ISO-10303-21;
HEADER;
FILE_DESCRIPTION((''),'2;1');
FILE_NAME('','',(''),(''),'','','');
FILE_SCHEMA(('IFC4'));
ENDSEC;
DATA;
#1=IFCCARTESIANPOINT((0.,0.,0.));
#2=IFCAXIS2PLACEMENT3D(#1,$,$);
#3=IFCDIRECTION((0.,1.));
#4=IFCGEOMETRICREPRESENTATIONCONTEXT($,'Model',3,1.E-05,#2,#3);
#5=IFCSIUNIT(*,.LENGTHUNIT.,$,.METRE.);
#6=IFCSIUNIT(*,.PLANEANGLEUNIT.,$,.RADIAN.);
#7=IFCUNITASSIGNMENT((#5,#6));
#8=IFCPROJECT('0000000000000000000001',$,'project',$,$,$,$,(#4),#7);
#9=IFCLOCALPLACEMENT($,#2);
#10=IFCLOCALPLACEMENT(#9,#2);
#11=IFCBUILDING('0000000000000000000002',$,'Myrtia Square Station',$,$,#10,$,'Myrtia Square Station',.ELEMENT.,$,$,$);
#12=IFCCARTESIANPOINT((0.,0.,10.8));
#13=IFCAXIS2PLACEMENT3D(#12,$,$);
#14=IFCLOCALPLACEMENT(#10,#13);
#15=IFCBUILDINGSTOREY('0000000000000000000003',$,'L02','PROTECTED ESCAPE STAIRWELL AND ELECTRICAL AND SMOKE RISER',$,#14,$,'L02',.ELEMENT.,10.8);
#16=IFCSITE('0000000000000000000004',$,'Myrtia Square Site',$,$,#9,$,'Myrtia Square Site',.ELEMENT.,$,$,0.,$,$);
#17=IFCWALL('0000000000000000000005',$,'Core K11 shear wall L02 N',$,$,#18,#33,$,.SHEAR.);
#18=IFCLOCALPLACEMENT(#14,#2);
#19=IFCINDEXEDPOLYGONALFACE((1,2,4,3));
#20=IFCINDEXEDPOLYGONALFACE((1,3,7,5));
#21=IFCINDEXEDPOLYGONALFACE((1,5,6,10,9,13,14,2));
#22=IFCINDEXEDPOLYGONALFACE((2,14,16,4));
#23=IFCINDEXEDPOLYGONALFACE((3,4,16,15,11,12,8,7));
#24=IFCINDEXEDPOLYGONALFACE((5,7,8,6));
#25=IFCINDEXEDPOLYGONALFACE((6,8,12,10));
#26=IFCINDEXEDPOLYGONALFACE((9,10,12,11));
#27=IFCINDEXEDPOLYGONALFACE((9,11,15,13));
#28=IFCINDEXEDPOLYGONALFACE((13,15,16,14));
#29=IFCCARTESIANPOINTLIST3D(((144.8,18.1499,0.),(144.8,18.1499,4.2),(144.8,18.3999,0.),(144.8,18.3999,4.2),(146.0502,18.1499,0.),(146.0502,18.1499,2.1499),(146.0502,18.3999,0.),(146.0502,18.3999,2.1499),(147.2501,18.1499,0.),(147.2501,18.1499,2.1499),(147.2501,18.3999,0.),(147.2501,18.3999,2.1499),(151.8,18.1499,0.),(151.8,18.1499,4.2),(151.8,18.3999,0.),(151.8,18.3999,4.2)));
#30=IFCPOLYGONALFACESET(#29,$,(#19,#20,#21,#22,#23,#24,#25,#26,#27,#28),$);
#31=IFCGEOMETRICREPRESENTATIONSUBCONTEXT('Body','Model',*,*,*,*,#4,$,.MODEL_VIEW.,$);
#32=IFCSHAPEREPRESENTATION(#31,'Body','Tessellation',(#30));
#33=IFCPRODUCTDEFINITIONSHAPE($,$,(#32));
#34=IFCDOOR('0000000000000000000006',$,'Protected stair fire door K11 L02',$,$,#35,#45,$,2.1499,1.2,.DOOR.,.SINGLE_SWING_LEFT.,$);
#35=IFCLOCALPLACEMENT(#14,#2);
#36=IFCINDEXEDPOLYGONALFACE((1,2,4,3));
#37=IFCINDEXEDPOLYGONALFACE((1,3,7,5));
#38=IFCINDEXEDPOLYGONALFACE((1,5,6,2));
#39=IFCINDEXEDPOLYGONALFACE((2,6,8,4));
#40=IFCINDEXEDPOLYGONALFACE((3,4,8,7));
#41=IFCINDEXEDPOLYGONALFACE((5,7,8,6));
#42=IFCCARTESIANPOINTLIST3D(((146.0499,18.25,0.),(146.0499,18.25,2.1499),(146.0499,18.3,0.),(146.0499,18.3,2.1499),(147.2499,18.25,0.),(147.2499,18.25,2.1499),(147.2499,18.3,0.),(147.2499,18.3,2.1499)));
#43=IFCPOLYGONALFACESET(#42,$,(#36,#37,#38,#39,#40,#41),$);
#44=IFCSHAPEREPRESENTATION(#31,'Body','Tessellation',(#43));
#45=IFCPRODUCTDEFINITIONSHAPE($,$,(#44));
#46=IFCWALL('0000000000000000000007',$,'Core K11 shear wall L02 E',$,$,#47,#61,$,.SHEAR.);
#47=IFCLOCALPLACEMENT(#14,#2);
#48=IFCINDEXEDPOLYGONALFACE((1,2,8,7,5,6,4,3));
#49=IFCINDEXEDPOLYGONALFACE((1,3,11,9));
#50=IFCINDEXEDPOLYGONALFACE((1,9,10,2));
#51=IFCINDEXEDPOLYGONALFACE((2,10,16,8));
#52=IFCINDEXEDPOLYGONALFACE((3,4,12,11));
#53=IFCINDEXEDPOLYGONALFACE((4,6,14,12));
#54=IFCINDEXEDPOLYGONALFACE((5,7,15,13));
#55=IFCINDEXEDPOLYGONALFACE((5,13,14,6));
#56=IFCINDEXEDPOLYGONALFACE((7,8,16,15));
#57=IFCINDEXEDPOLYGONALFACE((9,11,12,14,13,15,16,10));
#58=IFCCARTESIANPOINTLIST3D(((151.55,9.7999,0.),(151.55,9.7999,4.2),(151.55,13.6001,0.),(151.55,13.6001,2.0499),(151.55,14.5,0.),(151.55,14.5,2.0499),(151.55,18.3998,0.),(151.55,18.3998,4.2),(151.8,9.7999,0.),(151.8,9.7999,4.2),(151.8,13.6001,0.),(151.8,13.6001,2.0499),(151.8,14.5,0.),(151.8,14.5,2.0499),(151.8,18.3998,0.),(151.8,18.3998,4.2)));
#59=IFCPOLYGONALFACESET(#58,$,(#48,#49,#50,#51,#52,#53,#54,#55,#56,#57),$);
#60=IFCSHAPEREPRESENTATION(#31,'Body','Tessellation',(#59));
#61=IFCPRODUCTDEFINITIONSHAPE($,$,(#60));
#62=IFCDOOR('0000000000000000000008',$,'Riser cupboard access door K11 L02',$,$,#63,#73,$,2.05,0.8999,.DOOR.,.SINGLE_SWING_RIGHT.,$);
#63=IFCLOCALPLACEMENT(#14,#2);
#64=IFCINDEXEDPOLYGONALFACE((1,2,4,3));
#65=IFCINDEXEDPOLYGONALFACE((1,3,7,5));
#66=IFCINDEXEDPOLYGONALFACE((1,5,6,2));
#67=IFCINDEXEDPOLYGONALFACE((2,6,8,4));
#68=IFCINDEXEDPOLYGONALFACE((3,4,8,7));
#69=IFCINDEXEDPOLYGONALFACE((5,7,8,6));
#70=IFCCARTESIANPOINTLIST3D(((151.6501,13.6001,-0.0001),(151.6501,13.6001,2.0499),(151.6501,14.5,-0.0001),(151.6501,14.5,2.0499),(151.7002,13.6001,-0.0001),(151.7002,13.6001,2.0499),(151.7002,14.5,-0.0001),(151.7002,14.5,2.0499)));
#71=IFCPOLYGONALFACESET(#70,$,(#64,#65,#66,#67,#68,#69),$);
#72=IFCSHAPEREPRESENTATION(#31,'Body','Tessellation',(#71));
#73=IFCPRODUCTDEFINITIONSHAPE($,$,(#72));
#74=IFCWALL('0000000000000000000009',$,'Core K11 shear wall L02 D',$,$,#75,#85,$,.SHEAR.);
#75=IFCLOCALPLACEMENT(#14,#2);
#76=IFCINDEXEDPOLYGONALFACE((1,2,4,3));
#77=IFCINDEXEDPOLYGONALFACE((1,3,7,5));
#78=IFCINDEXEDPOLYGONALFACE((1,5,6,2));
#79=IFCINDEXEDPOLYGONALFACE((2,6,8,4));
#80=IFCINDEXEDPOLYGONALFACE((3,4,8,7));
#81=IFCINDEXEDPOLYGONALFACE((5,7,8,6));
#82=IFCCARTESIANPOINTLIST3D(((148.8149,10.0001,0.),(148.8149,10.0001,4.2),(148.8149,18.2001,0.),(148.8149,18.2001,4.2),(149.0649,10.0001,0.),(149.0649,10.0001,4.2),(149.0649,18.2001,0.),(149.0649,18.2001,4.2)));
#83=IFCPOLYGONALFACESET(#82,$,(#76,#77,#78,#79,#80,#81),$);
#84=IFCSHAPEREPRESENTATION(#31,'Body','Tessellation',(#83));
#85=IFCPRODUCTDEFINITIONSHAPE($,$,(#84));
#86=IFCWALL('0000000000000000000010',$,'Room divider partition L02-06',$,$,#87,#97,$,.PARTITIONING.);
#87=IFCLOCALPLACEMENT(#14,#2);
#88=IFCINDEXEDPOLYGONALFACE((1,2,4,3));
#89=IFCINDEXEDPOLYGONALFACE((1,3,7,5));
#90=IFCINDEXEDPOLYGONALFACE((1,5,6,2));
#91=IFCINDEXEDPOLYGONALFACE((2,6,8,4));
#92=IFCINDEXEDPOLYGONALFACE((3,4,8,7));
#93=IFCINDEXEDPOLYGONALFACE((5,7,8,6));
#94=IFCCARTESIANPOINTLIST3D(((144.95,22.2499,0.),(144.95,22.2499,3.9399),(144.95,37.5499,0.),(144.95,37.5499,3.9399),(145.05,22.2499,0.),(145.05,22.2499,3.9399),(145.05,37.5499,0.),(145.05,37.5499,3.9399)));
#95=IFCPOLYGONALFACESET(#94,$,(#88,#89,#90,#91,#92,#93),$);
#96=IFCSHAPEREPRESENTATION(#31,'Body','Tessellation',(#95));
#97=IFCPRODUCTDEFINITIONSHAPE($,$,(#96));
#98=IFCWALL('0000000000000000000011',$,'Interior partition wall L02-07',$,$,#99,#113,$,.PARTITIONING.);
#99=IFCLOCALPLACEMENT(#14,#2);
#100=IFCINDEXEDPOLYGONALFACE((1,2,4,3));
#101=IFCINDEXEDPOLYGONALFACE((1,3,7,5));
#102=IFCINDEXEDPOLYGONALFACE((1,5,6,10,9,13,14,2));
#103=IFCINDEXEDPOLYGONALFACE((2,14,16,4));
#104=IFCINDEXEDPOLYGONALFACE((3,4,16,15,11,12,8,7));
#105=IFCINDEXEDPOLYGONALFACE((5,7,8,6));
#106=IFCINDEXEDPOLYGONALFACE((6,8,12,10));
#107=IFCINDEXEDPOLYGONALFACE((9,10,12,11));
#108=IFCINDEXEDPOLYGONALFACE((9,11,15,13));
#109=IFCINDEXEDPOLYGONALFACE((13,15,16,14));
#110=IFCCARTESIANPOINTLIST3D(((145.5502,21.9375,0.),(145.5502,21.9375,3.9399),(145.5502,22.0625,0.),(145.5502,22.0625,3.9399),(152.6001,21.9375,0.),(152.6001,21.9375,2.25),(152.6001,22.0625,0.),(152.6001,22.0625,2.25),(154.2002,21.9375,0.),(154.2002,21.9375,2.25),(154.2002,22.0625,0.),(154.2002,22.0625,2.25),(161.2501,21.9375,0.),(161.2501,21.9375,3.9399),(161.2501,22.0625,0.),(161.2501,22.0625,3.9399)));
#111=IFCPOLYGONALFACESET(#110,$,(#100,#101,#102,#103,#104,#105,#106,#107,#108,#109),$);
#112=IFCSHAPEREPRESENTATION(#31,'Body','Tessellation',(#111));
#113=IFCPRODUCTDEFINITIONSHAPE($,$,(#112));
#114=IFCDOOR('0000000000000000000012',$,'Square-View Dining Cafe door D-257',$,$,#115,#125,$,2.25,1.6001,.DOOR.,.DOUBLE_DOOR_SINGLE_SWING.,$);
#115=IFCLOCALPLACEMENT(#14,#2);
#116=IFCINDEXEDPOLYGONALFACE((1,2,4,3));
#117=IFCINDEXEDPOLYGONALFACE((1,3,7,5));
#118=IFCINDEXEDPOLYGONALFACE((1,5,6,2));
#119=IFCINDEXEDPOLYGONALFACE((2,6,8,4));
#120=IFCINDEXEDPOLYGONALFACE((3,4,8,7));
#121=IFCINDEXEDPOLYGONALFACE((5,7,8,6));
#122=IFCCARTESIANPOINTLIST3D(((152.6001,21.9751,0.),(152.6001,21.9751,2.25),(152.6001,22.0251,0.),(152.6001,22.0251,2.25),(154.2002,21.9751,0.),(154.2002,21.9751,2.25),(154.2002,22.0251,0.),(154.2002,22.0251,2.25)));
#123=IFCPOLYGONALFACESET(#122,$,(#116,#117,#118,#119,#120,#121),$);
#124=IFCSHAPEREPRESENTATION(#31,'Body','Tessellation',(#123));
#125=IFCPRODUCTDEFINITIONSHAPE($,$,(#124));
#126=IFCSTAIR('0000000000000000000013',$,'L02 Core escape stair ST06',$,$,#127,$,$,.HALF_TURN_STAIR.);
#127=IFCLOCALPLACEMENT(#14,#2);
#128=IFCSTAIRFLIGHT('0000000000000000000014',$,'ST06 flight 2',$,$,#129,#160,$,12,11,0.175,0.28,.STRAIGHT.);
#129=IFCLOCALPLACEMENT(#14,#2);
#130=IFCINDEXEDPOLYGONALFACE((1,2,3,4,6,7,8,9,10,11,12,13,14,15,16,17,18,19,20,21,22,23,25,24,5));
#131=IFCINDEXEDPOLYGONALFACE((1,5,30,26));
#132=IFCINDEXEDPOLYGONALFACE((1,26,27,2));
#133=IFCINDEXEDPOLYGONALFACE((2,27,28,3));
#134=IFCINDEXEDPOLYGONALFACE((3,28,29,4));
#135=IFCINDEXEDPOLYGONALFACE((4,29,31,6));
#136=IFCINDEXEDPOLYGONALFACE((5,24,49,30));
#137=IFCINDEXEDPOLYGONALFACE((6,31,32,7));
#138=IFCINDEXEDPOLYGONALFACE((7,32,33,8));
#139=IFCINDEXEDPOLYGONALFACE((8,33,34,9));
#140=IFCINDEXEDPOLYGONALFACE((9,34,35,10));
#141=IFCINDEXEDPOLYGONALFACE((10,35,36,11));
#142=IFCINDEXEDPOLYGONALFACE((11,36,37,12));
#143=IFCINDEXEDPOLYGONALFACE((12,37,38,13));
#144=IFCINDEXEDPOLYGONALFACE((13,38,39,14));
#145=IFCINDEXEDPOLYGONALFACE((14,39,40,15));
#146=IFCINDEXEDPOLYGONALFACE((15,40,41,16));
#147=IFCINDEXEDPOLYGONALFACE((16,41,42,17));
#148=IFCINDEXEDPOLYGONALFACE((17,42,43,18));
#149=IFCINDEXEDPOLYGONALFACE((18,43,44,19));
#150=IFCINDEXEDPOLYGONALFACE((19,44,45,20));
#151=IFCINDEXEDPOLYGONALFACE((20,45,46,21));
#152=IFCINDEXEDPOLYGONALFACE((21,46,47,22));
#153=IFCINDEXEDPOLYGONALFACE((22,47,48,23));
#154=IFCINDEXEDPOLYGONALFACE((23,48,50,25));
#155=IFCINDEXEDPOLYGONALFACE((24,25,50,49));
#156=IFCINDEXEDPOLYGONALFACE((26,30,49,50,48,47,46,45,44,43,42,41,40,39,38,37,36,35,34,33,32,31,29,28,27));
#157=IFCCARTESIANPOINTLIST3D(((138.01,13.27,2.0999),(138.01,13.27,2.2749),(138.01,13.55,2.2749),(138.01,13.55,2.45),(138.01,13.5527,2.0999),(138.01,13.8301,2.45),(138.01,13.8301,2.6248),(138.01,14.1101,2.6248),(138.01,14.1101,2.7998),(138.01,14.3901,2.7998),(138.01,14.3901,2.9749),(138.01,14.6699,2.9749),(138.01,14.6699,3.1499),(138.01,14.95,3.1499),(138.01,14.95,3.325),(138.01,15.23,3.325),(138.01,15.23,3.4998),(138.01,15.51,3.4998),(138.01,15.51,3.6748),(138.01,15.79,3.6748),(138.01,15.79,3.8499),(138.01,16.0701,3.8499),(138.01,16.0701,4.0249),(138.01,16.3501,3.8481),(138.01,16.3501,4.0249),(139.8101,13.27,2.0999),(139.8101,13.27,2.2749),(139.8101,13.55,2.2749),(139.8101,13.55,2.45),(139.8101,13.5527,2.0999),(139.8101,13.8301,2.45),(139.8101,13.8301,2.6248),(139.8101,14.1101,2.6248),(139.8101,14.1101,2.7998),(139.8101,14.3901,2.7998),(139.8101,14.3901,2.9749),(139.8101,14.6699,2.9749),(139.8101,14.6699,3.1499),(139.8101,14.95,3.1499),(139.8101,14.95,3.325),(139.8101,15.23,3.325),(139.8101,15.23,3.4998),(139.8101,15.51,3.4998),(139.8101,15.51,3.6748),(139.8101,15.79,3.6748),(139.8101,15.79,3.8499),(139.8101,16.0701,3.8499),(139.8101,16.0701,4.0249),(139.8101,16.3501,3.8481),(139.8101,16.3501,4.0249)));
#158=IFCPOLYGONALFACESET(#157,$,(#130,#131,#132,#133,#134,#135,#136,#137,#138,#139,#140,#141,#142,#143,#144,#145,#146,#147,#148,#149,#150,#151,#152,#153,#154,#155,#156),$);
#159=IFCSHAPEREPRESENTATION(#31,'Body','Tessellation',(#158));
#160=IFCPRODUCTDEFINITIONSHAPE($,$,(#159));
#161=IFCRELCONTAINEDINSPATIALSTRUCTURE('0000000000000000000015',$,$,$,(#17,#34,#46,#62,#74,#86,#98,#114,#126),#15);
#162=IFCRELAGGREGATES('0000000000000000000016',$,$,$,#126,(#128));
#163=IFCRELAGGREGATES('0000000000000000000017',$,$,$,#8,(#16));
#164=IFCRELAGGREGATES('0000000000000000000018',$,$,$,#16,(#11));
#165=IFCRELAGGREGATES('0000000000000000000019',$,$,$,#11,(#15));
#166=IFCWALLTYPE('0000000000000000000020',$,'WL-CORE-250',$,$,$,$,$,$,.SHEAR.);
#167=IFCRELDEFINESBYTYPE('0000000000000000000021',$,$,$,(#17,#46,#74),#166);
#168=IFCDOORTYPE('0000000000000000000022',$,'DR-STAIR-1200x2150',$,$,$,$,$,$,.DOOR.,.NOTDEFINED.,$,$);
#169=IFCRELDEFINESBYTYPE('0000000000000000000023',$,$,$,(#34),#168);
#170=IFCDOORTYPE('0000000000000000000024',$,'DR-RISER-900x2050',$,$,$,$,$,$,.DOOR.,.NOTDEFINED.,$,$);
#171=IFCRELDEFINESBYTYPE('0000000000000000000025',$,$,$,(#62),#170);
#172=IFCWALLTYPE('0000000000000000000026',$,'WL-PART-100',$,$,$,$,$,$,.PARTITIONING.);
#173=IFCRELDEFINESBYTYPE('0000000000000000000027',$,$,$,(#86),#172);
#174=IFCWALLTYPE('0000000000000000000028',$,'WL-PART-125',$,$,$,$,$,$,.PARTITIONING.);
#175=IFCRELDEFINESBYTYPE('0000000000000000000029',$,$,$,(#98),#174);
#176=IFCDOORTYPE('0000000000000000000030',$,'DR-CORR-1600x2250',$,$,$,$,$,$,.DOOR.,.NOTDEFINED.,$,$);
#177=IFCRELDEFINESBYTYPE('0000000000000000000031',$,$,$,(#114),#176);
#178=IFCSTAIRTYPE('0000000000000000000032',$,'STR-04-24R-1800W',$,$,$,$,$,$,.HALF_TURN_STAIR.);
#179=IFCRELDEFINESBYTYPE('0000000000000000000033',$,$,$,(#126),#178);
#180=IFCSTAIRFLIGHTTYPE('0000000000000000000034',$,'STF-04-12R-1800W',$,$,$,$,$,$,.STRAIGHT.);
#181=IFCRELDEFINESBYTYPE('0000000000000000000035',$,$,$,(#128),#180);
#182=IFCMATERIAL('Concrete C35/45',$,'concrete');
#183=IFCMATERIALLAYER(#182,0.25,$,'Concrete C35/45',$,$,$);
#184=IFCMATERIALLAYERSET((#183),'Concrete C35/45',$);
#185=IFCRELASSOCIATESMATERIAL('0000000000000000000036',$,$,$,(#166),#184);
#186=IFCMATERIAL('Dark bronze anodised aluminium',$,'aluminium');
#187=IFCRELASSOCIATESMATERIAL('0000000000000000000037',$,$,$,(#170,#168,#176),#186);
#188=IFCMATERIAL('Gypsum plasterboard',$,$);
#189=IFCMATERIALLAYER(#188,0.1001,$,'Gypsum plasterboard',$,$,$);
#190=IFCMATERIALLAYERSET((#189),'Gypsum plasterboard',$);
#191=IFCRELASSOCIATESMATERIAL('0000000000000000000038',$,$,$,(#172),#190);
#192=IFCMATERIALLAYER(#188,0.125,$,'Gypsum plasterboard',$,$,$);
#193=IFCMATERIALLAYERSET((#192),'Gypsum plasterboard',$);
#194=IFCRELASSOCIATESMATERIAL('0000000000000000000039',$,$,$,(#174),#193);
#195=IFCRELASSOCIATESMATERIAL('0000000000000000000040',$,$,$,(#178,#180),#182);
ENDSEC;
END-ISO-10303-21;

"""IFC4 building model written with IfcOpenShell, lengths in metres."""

from ifc_helpers import new_model, si_unit, direction, frame, frame_2d, origin, place, context, subcontext, project, spatial, polyline, rectangle, outline, extrude, material, layer, layer_set, type_object, element, fill, aggregate, save


model = new_model("IFC4")

# Units and contexts
model_context = context("Model", 3, precision=1e-05, world=origin(), true_north=direction((0.0, 1.0)))
body_context = subcontext(model_context, "Body", "Model", "MODEL_VIEW")
ifc_project = project(units=[si_unit("LENGTHUNIT", "METRE"), si_unit("PLANEANGLEUNIT", "RADIAN")], contexts=[model_context])

# Site, building, storey
site_placement = place(None, origin())
site = spatial("IfcSite", under=ifc_project, at=site_placement, Name="Myrtia Square Site", LongName="Myrtia Square Site", CompositionType="ELEMENT", RefElevation=0.0)
building_placement = place(site_placement, origin())
building = spatial("IfcBuilding", under=site, at=building_placement, Name="Myrtia Square Station", LongName="Myrtia Square Station", CompositionType="ELEMENT")
storey_placement = place(building_placement, frame((0.0, 0.0, 10.8)))
storey = spatial("IfcBuildingStorey", under=building, at=storey_placement, Name="L02", Description="PROTECTED ESCAPE STAIRWELL AND ELECTRICAL AND SMOKE RISER", LongName="L02", CompositionType="ELEMENT", Elevation=10.8)

# Shared definitions
ifc_material_1 = material(Name="Concrete C35/45", Category="concrete")
ifc_layer_1 = layer(ifc_material_1, 0.25, Name="Concrete C35/45")
ifc_layer_set_1 = layer_set([ifc_layer_1], Name="Concrete C35/45")
wall_type_1 = type_object("IfcWallType", Name="WL-CORE-250", PredefinedType="SHEAR", material=ifc_layer_set_1)

# Shared definitions
ifc_material_2 = material(Name="Dark bronze anodised aluminium", Category="aluminium")
door_type_1 = type_object("IfcDoorType", Name="DR-RISER-900x2050", OperationType="NOTDEFINED", PredefinedType="DOOR", material=ifc_material_2)

# Walls, openings, doors
wall_1_placement = place(storey_placement, frame((144.8, 18.2749, 0.0), z_axis=(0.0, 0.0, 1.0), x_axis=(1.0, 0.0, 0.0)))
wall_1 = element("IfcWall", 1, at=wall_1_placement, inside=storey, type_object=wall_type_1, Name="Core K11 shear wall L02 N", PredefinedType="SHEAR", context=body_context, shape_type="SweptSolid", body=[
    extrude(rectangle(XDim=7.0, YDim=0.25, at=frame_2d((3.5, 0.0))), origin(), (0.0, 0.0, 1.0), 4.2),
])
opening_1_placement = place(wall_1_placement, frame((1.25, 0.0, 0.0)))
opening_1 = element("IfcOpeningElement", 2, at=opening_1_placement, cuts=wall_1, PredefinedType="OPENING", context=body_context, shape_type="SweptSolid", body=[
    extrude(rectangle(XDim=1.2, YDim=2.1499, at=frame_2d((0.6001, 1.075))), frame((0.0, 0.1399, 0.0), z_axis=(0.0, -1.0, 0.0), x_axis=(1.0, 0.0, 0.0)), (0.0, 0.0, 1.0), 0.28),
])
door_type_2 = type_object("IfcDoorType", Name="DR-STAIR-1200x2150", OperationType="NOTDEFINED", PredefinedType="DOOR", material=ifc_material_2)
door_1_placement = place(opening_1_placement, frame((1.2, 0.0, 0.0), z_axis=(0.0, 0.0, 1.0), x_axis=(-1.0, 0.0, 0.0)))
door_1 = element("IfcDoor", 3, at=door_1_placement, inside=storey, type_object=door_type_2, Name="Protected stair fire door K11 L02", OperationType="SINGLE_SWING_LEFT", OverallHeight=2.1499, OverallWidth=1.2, PredefinedType="DOOR", context=body_context, shape_type="SweptSolid", body=[
    extrude(rectangle(XDim=1.2, YDim=2.1499, at=frame_2d((0.6001, 1.075))), frame((0.0, 0.0249, 0.0), z_axis=(0.0, -1.0, 0.0), x_axis=(1.0, 0.0, 0.0)), (0.0, 0.0, 1.0), 0.05),
])
fill(opening_1, door_1)
wall_2_placement = place(storey_placement, frame((151.675, 9.8, 0.0), z_axis=(0.0, 0.0, 1.0), x_axis=(0.0, 1.0, 0.0)))
wall_2 = element("IfcWall", 4, at=wall_2_placement, inside=storey, type_object=wall_type_1, Name="Core K11 shear wall L02 E", PredefinedType="SHEAR", context=body_context, shape_type="SweptSolid", body=[
    extrude(rectangle(XDim=8.5999, YDim=0.25, at=frame_2d((4.2998, 0.0))), origin(), (0.0, 0.0, 1.0), 4.2),
])
opening_2_placement = place(wall_2_placement, frame((3.8, 0.0, 0.0)))
opening_2 = element("IfcOpeningElement", 5, at=opening_2_placement, cuts=wall_2, PredefinedType="OPENING", context=body_context, shape_type="SweptSolid", body=[
    extrude(rectangle(XDim=0.8999, YDim=2.05, at=frame_2d((0.45, 1.0249))), frame((0.0, 0.1399, 0.0), z_axis=(0.0, -1.0, 0.0), x_axis=(1.0, 0.0, 0.0)), (0.0, 0.0, 1.0), 0.28),
])
door_2_placement = place(opening_2_placement, origin())
door_2 = element("IfcDoor", 6, at=door_2_placement, inside=storey, type_object=door_type_1, Name="Riser cupboard access door K11 L02", OperationType="SINGLE_SWING_RIGHT", OverallHeight=2.05, OverallWidth=0.8999, PredefinedType="DOOR", context=body_context, shape_type="SweptSolid", body=[
    extrude(rectangle(XDim=0.8999, YDim=2.05, at=frame_2d((0.45, 1.0249))), frame((0.0, 0.0249, 0.0), z_axis=(0.0, -1.0, 0.0), x_axis=(1.0, 0.0, 0.0)), (0.0, 0.0, 1.0), 0.05),
])
fill(opening_2, door_2)

# Walls
wall_3_placement = place(storey_placement, frame((148.9399, 10.0, 0.0), z_axis=(0.0, 0.0, 1.0), x_axis=(0.0, 1.0, 0.0)))
element("IfcWall", 7, at=wall_3_placement, inside=storey, type_object=wall_type_1, Name="Core K11 shear wall L02 D", PredefinedType="SHEAR", context=body_context, shape_type="SweptSolid", body=[
    extrude(rectangle(XDim=8.2, YDim=0.25, at=frame_2d((4.1001, 0.0))), origin(), (0.0, 0.0, 1.0), 4.2),
])
ifc_material_3 = material(Name="Gypsum plasterboard")
ifc_layer_2 = layer(ifc_material_3, 0.1001, Name="Gypsum plasterboard")
ifc_layer_set_2 = layer_set([ifc_layer_2], Name="Gypsum plasterboard")
wall_type_2 = type_object("IfcWallType", Name="WL-PART-100", PredefinedType="PARTITIONING", material=ifc_layer_set_2)
wall_4_placement = place(storey_placement, frame((145.0, 22.25, 0.0), z_axis=(0.0, 0.0, 1.0), x_axis=(0.0, 1.0, 0.0)))
element("IfcWall", 8, at=wall_4_placement, inside=storey, type_object=wall_type_2, Name="Room divider partition L02-06", PredefinedType="PARTITIONING", context=body_context, shape_type="SweptSolid", body=[
    extrude(rectangle(XDim=15.3, YDim=0.1001, at=frame_2d((7.6499, 0.0))), origin(), (0.0, 0.0, 1.0), 3.9399),
])

# Wall, opening, door
ifc_layer_3 = layer(ifc_material_3, 0.125, Name="Gypsum plasterboard")
ifc_layer_set_3 = layer_set([ifc_layer_3], Name="Gypsum plasterboard")
wall_type_3 = type_object("IfcWallType", Name="WL-PART-125", PredefinedType="PARTITIONING", material=ifc_layer_set_3)
wall_5_placement = place(storey_placement, frame((145.55, 22.0, 0.0), z_axis=(0.0, 0.0, 1.0), x_axis=(1.0, 0.0, 0.0)))
wall_5 = element("IfcWall", 9, at=wall_5_placement, inside=storey, type_object=wall_type_3, Name="Interior partition wall L02-07", PredefinedType="PARTITIONING", context=body_context, shape_type="SweptSolid", body=[
    extrude(rectangle(XDim=15.7, YDim=0.125, at=frame_2d((7.8501, 0.0))), origin(), (0.0, 0.0, 1.0), 3.9399),
])
opening_3_placement = place(wall_5_placement, frame((7.05, 0.0, 0.0)))
opening_3 = element("IfcOpeningElement", 10, at=opening_3_placement, cuts=wall_5, PredefinedType="OPENING", context=body_context, shape_type="SweptSolid", body=[
    extrude(rectangle(XDim=1.6001, YDim=2.25, at=frame_2d((0.8, 1.125))), frame((0.0, 0.0774, 0.0), z_axis=(0.0, -1.0, 0.0), x_axis=(1.0, 0.0, 0.0)), (0.0, 0.0, 1.0), 0.155),
])
door_type_3 = type_object("IfcDoorType", Name="DR-CORR-1600x2250", OperationType="NOTDEFINED", PredefinedType="DOOR", material=ifc_material_2)
door_3_placement = place(opening_3_placement, frame((1.6001, 0.0, 0.0), z_axis=(0.0, 0.0, 1.0), x_axis=(-1.0, 0.0, 0.0)))
door_3 = element("IfcDoor", 11, at=door_3_placement, inside=storey, type_object=door_type_3, Name="Square-View Dining Cafe door D-257", OperationType="DOUBLE_DOOR_SINGLE_SWING", OverallHeight=2.25, OverallWidth=1.6001, PredefinedType="DOOR", context=body_context, shape_type="SweptSolid", body=[
    extrude(rectangle(XDim=1.6001, YDim=2.25, at=frame_2d((0.8, 1.125))), frame((0.0, 0.0249, 0.0), z_axis=(0.0, -1.0, 0.0), x_axis=(1.0, 0.0, 0.0)), (0.0, 0.0, 1.0), 0.05),
])
fill(opening_3, door_3)

# Stair, stair flight
stair_type = type_object("IfcStairType", Name="STR-04-24R-1800W", PredefinedType="HALF_TURN_STAIR", material=ifc_material_1)
stair_1_placement = place(storey_placement, origin())
stair_1 = element("IfcStair", 12, at=stair_1_placement, inside=storey, type_object=stair_type, Name="L02 Core escape stair ST06", PredefinedType="HALF_TURN_STAIR")
stair_flight_type = type_object("IfcStairFlightType", Name="STF-04-12R-1800W", PredefinedType="STRAIGHT", material=ifc_material_1)
stair_flight_1_placement = place(storey_placement, frame((138.9099, 13.27, 2.0999), z_axis=(0.0, 0.0, 1.0), x_axis=(0.0, 1.0, 0.0)))
stair_flight_1 = element("IfcStairFlight", 13, at=stair_flight_1_placement, type_object=stair_flight_type, Name="ST06 flight 2", NumberOfRisers=12, NumberOfTreads=11, PredefinedType="STRAIGHT", RiserHeight=0.175, TreadLength=0.28, context=body_context, shape_type="SweptSolid", body=[
    extrude(outline(polyline([(0.0, 0.0), (0.0, 0.175), (0.28, 0.175), (0.28, 0.3501), (0.5601, 0.3501), (0.5601, 0.5249), (0.8401, 0.5249), (0.8401, 0.7), (1.1201, 0.7), (1.1201, 0.875), (1.3999, 0.875), (1.3999, 1.05), (1.6799, 1.05), (1.6799, 1.2251), (1.96, 1.2251), (1.96, 1.3999), (2.24, 1.3999), (2.24, 1.575), (2.52, 1.575), (2.52, 1.75), (2.8, 1.75), (2.8, 1.925), (3.0801, 1.925), (3.0801, 2.1001), (3.0801, 1.7483), (0.2827, 0.0), (0.0, 0.0)])), frame((0.0, 0.8999, 0.0), z_axis=(0.0, -1.0, 0.0), x_axis=(1.0, 0.0, 0.0)), (0.0, 0.0, 1.0), 1.8),
])
aggregate(stair_1, [stair_flight_1])

save(model, "model.ifc")
